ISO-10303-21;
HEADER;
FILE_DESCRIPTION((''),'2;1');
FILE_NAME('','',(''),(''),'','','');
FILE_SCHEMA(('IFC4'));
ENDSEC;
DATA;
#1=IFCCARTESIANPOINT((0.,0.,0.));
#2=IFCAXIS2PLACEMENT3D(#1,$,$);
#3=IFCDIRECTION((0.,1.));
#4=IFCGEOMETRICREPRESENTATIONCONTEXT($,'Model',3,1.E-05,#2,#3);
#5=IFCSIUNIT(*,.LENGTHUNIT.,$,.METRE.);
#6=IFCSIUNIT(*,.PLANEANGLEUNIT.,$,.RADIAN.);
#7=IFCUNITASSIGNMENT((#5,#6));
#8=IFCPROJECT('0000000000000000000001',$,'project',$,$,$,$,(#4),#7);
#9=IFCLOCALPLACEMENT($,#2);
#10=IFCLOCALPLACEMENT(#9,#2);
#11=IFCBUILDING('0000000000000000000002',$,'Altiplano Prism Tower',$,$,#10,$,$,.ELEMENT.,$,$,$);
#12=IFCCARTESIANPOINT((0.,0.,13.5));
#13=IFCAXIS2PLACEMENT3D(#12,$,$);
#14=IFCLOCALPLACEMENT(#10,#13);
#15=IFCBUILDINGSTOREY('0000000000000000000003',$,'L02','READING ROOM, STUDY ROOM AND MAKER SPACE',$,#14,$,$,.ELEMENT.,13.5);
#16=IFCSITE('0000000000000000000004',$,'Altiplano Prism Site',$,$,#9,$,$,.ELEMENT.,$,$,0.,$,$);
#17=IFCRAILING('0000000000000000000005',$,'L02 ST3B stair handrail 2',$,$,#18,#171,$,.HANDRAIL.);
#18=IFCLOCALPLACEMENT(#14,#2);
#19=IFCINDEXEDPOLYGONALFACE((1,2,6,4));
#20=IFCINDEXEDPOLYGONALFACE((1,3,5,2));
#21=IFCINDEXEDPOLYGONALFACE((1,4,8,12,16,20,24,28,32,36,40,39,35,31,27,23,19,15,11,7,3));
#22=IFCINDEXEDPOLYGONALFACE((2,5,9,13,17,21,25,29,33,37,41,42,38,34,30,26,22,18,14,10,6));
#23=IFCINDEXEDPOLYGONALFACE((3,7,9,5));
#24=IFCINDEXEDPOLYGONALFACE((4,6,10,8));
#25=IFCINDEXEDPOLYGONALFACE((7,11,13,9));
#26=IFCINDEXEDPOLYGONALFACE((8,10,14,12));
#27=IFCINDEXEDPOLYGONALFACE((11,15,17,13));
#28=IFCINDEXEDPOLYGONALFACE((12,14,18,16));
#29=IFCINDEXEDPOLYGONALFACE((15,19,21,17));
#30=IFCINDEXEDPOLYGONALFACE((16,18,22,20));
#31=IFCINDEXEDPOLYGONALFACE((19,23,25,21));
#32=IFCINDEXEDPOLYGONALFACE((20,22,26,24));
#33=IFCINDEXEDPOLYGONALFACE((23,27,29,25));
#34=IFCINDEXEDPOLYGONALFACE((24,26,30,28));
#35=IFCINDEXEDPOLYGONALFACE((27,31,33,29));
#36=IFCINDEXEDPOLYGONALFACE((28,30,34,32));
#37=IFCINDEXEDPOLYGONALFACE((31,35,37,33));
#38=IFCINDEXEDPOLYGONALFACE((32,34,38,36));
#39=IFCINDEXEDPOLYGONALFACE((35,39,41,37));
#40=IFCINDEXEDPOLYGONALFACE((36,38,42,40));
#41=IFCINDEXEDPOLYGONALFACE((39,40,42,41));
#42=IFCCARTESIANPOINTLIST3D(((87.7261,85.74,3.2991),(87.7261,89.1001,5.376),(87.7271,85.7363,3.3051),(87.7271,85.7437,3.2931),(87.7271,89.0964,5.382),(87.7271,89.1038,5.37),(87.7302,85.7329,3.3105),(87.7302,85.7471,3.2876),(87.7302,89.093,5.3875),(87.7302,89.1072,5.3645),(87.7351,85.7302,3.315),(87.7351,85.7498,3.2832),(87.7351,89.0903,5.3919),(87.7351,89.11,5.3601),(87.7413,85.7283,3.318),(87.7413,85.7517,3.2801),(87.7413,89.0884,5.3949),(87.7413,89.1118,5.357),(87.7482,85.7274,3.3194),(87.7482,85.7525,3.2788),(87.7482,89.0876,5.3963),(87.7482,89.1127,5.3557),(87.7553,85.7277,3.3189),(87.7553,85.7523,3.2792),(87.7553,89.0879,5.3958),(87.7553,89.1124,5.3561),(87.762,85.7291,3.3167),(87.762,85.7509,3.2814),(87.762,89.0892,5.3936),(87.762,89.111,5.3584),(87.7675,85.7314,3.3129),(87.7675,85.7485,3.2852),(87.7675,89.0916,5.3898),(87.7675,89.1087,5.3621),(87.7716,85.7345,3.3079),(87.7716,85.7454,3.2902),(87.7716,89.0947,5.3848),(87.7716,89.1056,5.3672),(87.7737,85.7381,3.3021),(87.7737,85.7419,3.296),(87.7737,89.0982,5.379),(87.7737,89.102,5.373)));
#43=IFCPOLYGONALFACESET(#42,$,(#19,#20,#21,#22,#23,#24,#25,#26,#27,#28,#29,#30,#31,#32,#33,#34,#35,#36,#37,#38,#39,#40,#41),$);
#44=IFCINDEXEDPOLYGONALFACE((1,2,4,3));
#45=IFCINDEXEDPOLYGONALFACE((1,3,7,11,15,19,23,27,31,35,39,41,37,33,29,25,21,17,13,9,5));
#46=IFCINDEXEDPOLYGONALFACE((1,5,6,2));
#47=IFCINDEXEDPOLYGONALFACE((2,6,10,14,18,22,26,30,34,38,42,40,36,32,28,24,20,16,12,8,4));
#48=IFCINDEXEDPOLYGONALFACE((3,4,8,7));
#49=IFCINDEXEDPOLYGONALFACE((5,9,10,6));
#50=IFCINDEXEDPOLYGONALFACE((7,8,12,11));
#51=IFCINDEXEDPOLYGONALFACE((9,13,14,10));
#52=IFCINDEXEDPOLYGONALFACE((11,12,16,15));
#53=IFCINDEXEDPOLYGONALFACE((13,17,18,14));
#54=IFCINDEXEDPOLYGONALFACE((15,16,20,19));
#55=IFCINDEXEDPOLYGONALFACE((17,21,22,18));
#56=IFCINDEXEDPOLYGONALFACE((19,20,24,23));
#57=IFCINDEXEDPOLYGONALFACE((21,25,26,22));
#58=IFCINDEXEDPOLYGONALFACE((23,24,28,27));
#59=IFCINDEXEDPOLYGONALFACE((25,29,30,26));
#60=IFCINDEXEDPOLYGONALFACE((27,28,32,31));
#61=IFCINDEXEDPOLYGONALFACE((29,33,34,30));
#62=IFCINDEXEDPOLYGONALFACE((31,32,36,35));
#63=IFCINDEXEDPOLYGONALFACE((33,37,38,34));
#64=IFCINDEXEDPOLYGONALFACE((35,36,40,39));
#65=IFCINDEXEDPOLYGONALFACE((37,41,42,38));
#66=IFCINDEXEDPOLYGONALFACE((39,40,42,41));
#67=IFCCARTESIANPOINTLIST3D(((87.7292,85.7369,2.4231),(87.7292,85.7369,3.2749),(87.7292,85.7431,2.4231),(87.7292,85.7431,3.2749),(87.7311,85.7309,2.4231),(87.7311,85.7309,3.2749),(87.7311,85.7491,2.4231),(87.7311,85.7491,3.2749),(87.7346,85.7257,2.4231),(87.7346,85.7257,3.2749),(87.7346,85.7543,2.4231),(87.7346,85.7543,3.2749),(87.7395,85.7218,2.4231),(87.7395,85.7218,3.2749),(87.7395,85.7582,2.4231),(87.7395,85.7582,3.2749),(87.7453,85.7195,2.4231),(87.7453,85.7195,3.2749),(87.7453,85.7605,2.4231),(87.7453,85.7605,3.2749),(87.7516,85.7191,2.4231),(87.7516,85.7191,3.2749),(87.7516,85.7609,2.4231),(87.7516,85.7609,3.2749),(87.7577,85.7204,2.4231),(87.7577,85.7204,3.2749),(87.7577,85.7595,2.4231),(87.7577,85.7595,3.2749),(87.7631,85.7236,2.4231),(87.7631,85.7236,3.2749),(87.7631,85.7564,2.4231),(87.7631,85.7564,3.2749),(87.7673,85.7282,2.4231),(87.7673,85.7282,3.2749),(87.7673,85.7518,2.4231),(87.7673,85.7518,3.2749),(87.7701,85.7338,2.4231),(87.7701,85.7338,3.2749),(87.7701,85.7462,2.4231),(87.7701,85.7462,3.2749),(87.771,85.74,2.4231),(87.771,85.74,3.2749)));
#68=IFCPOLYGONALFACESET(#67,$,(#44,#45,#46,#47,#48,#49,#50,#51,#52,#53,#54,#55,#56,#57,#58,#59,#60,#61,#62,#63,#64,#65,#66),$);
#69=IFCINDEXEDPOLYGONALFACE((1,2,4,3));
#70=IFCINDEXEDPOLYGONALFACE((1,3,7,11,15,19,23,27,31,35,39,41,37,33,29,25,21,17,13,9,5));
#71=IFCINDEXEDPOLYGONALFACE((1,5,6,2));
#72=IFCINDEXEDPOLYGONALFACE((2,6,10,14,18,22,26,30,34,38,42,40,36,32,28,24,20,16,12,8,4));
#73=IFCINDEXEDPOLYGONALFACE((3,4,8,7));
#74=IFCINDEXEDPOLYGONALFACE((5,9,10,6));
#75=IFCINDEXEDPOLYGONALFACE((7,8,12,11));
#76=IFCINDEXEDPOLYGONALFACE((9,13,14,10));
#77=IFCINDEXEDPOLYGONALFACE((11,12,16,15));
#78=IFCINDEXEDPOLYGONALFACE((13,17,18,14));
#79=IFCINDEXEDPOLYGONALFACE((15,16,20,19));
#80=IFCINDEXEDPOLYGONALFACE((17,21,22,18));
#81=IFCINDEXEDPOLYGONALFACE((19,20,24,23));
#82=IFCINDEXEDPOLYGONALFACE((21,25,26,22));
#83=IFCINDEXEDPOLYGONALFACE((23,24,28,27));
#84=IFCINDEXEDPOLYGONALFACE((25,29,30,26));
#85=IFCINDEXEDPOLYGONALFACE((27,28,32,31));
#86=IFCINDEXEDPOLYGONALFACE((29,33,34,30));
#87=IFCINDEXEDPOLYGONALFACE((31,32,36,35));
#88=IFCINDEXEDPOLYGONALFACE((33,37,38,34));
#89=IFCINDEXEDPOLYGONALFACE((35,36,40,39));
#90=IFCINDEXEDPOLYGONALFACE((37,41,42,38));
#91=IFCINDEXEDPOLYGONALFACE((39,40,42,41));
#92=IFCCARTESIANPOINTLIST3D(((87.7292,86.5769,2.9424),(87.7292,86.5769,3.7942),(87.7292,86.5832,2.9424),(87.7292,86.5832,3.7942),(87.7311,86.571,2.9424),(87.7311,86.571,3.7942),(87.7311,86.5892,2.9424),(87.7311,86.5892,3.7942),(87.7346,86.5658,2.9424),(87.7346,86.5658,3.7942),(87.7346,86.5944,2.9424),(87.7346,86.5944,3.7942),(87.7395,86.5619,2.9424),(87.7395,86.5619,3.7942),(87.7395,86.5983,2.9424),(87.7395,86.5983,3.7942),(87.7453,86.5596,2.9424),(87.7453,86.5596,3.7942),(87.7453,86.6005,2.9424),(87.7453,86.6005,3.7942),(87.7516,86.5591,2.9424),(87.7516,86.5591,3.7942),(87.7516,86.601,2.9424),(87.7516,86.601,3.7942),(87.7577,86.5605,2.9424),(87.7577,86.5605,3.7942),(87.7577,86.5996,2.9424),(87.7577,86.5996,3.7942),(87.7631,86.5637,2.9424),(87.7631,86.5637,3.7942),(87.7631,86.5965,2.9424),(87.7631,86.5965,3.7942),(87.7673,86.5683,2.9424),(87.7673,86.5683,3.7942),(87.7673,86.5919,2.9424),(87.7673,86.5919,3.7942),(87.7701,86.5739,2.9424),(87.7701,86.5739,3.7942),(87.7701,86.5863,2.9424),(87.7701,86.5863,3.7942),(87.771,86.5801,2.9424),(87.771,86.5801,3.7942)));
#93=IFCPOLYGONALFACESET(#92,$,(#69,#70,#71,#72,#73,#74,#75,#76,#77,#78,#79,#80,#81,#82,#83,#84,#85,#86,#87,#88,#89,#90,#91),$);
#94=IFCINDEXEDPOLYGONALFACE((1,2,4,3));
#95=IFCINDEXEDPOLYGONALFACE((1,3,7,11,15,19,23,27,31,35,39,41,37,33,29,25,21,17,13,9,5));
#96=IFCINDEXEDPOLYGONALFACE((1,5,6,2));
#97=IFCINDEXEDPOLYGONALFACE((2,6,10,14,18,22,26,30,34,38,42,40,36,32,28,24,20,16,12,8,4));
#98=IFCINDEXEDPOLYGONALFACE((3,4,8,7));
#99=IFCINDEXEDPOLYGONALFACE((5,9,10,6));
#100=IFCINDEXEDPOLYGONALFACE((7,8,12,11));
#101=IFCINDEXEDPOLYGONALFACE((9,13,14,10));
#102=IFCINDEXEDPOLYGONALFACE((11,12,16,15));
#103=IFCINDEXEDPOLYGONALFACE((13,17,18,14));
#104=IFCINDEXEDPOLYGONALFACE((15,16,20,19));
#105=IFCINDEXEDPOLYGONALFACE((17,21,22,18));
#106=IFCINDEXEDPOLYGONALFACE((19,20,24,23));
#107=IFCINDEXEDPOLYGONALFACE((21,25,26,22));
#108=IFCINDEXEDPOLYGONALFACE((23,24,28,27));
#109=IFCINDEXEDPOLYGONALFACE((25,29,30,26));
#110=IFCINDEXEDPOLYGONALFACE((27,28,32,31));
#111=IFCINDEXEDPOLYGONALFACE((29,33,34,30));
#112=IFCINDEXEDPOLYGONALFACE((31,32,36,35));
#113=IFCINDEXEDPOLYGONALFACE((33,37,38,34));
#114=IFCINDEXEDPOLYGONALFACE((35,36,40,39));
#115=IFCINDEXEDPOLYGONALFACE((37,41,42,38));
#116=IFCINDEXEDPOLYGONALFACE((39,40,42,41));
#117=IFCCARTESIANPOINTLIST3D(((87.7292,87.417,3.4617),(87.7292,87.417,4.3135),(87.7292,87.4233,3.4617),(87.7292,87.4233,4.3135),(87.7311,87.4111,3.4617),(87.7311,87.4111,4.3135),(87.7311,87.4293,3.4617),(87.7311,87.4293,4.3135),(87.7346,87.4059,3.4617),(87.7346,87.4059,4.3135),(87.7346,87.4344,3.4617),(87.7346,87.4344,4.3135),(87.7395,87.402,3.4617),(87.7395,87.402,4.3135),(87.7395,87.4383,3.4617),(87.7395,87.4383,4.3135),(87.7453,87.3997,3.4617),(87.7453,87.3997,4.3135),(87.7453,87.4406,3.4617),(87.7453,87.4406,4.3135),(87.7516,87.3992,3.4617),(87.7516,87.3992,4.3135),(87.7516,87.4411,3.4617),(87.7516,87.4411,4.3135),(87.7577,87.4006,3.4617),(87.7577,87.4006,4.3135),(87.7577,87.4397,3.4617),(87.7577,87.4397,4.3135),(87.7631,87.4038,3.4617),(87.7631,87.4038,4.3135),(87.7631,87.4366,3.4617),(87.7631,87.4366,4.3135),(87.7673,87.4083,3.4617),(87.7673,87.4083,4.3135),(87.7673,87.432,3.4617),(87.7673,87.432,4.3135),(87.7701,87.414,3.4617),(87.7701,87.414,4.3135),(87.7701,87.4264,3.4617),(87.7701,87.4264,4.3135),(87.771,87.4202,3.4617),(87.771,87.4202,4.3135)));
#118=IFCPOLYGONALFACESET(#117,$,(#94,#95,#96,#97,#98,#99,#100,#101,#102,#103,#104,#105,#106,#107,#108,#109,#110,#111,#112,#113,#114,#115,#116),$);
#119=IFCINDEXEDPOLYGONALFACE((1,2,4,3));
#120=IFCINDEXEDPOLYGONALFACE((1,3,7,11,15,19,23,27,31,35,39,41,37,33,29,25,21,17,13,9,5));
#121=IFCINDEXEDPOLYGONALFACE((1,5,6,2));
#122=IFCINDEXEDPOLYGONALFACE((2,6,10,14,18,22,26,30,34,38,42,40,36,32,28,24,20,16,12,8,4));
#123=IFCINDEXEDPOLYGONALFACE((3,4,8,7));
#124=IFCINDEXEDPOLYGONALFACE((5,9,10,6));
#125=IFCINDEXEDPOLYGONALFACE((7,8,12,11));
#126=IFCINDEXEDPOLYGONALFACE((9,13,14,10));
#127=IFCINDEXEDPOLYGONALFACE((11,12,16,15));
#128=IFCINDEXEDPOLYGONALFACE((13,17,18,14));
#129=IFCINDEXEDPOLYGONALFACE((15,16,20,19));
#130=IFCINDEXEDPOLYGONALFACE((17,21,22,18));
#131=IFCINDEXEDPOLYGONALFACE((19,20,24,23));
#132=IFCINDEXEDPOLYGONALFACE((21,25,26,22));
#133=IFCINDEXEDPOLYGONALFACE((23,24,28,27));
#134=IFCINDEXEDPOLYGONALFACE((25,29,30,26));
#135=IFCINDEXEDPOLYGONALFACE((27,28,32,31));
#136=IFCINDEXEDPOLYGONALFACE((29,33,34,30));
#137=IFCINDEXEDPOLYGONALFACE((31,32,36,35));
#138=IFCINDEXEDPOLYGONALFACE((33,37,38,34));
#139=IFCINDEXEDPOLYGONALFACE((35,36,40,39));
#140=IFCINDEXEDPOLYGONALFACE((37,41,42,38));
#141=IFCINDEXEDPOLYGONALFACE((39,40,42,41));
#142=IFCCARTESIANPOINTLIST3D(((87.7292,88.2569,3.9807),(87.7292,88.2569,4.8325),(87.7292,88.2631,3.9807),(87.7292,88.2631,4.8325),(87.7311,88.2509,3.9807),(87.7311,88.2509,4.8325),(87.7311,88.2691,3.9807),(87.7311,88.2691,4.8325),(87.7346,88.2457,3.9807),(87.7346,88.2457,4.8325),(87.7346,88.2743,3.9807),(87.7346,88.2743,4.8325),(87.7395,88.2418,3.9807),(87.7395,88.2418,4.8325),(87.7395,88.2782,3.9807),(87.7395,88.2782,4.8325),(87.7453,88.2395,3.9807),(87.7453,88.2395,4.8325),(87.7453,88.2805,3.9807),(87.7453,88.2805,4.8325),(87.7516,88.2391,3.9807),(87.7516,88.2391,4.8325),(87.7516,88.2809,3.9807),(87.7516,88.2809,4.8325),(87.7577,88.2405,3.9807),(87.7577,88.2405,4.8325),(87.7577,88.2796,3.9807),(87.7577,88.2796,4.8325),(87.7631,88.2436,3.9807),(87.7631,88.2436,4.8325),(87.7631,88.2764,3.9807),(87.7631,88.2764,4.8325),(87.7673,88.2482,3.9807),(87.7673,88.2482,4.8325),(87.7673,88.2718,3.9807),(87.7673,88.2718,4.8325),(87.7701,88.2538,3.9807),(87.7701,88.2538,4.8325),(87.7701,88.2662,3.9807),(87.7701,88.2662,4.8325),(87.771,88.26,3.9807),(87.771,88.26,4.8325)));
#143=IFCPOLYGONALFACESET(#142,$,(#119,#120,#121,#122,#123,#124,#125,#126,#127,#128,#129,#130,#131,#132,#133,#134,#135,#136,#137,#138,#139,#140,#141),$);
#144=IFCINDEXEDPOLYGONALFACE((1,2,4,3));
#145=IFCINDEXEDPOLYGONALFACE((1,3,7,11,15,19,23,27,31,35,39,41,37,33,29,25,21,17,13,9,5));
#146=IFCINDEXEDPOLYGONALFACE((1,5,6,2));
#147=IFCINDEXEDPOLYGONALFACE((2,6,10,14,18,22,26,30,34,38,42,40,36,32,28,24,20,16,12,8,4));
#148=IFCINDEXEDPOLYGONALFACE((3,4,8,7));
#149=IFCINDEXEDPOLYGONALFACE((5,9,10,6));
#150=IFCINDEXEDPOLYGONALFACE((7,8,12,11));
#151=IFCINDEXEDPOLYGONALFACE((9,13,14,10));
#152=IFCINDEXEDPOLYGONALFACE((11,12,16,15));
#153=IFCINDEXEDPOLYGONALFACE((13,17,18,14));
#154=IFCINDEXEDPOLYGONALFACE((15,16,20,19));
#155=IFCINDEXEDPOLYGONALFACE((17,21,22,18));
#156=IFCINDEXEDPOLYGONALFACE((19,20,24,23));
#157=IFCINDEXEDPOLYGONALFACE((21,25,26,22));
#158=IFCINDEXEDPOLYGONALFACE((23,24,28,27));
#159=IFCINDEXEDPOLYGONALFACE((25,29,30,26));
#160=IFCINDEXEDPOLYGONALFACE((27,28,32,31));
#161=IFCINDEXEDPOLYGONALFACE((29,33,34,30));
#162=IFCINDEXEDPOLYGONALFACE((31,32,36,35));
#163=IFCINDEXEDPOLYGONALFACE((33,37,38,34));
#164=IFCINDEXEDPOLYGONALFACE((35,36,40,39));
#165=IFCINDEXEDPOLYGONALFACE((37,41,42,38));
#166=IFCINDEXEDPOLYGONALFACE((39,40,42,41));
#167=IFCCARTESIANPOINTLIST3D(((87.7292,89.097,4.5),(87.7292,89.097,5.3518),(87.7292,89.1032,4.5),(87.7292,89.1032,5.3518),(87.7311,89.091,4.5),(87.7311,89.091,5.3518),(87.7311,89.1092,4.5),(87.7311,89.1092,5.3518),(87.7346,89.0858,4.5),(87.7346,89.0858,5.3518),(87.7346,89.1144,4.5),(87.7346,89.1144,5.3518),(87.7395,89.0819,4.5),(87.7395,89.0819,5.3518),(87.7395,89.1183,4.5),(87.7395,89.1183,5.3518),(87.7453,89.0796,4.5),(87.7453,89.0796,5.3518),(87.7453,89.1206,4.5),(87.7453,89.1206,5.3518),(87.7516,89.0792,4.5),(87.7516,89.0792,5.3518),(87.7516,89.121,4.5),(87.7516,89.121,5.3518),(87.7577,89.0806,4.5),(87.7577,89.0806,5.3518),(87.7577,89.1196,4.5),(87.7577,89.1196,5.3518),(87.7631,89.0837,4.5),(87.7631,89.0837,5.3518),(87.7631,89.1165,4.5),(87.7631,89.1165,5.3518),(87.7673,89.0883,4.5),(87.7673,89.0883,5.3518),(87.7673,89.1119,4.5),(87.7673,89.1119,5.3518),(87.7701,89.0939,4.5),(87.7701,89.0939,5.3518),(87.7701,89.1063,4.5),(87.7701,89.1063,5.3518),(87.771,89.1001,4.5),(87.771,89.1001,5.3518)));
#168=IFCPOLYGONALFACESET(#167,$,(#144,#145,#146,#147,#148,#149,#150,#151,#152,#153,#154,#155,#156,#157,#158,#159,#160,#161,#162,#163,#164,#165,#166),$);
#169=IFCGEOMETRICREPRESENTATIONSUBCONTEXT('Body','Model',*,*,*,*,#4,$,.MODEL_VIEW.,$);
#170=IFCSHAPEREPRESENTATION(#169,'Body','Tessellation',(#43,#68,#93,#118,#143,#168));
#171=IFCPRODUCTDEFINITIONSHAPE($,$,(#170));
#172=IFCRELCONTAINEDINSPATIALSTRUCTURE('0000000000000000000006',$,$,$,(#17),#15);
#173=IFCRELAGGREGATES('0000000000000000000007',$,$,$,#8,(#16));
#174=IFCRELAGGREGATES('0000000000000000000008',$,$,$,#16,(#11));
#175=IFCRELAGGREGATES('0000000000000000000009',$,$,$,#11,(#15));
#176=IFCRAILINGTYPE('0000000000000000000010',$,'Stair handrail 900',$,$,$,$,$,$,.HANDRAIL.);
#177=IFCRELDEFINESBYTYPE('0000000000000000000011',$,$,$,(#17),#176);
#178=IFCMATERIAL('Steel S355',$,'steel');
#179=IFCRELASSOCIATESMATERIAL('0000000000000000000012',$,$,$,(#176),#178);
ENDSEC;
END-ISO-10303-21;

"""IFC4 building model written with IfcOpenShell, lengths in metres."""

from ifc_helpers import new_model, si_unit, direction, frame, origin, origin_2d, place, context, subcontext, project, spatial, circle, extrude, material, type_object, element, save


model = new_model("IFC4")

# Units and contexts
model_context = context("Model", 3, precision=1e-05, world=origin(), true_north=direction((0.0, 1.0)))
body_context = subcontext(model_context, "Body", "Model", "MODEL_VIEW")
ifc_project = project(units=[si_unit("LENGTHUNIT", "METRE"), si_unit("PLANEANGLEUNIT", "RADIAN")], contexts=[model_context])

# Site, building, storey
site_placement = place(None, origin())
site = spatial("IfcSite", under=ifc_project, at=site_placement, Name="Altiplano Prism Site", CompositionType="ELEMENT", RefElevation=0.0)
building_placement = place(site_placement, origin())
building = spatial("IfcBuilding", under=site, at=building_placement, Name="Altiplano Prism Tower", CompositionType="ELEMENT")
storey_placement = place(building_placement, frame((0.0, 0.0, 13.5)))
storey = spatial("IfcBuildingStorey", under=building, at=storey_placement, Name="L02", Description="READING ROOM, STUDY ROOM AND MAKER SPACE", CompositionType="ELEMENT", Elevation=13.5)

# Railing
ifc_material_1 = material(Name="Steel S355", Category="steel")
railing_type_1 = type_object("IfcRailingType", Name="Stair handrail 900", PredefinedType="HANDRAIL", material=ifc_material_1)
railing_1_placement = place(storey_placement, frame((87.75, 85.74, 2.4231)))
element("IfcRailing", 1, at=railing_1_placement, inside=storey, type_object=railing_type_1, Name="L02 ST3B stair handrail 2", PredefinedType="HANDRAIL", context=body_context, shape_type="SweptSolid", body=[
    extrude(circle(Radius=0.0239, at=origin_2d()), frame((0.0, 0.0, 0.876), z_axis=(0.0, 0.850623, 0.525776), x_axis=(-1.0, 0.0, 0.0)), (0.0, 0.0, 1.0), 3.9502),
    extrude(circle(Radius=0.021, at=origin_2d()), origin(), (0.0, 0.0, 1.0), 0.8518),
    extrude(circle(Radius=0.021, at=origin_2d()), frame((0.0, 0.8401, 0.5193)), (0.0, 0.0, 1.0), 0.8518),
    extrude(circle(Radius=0.021, at=origin_2d()), frame((0.0, 1.6802, 1.0386)), (0.0, 0.0, 1.0), 0.8518),
    extrude(circle(Radius=0.021, at=origin_2d()), frame((0.0, 2.52, 1.5576)), (0.0, 0.0, 1.0), 0.8518),
    extrude(circle(Radius=0.021, at=origin_2d()), frame((0.0, 3.3601, 2.0769)), (0.0, 0.0, 1.0), 0.8518),
])

save(model, "model.ifc")
